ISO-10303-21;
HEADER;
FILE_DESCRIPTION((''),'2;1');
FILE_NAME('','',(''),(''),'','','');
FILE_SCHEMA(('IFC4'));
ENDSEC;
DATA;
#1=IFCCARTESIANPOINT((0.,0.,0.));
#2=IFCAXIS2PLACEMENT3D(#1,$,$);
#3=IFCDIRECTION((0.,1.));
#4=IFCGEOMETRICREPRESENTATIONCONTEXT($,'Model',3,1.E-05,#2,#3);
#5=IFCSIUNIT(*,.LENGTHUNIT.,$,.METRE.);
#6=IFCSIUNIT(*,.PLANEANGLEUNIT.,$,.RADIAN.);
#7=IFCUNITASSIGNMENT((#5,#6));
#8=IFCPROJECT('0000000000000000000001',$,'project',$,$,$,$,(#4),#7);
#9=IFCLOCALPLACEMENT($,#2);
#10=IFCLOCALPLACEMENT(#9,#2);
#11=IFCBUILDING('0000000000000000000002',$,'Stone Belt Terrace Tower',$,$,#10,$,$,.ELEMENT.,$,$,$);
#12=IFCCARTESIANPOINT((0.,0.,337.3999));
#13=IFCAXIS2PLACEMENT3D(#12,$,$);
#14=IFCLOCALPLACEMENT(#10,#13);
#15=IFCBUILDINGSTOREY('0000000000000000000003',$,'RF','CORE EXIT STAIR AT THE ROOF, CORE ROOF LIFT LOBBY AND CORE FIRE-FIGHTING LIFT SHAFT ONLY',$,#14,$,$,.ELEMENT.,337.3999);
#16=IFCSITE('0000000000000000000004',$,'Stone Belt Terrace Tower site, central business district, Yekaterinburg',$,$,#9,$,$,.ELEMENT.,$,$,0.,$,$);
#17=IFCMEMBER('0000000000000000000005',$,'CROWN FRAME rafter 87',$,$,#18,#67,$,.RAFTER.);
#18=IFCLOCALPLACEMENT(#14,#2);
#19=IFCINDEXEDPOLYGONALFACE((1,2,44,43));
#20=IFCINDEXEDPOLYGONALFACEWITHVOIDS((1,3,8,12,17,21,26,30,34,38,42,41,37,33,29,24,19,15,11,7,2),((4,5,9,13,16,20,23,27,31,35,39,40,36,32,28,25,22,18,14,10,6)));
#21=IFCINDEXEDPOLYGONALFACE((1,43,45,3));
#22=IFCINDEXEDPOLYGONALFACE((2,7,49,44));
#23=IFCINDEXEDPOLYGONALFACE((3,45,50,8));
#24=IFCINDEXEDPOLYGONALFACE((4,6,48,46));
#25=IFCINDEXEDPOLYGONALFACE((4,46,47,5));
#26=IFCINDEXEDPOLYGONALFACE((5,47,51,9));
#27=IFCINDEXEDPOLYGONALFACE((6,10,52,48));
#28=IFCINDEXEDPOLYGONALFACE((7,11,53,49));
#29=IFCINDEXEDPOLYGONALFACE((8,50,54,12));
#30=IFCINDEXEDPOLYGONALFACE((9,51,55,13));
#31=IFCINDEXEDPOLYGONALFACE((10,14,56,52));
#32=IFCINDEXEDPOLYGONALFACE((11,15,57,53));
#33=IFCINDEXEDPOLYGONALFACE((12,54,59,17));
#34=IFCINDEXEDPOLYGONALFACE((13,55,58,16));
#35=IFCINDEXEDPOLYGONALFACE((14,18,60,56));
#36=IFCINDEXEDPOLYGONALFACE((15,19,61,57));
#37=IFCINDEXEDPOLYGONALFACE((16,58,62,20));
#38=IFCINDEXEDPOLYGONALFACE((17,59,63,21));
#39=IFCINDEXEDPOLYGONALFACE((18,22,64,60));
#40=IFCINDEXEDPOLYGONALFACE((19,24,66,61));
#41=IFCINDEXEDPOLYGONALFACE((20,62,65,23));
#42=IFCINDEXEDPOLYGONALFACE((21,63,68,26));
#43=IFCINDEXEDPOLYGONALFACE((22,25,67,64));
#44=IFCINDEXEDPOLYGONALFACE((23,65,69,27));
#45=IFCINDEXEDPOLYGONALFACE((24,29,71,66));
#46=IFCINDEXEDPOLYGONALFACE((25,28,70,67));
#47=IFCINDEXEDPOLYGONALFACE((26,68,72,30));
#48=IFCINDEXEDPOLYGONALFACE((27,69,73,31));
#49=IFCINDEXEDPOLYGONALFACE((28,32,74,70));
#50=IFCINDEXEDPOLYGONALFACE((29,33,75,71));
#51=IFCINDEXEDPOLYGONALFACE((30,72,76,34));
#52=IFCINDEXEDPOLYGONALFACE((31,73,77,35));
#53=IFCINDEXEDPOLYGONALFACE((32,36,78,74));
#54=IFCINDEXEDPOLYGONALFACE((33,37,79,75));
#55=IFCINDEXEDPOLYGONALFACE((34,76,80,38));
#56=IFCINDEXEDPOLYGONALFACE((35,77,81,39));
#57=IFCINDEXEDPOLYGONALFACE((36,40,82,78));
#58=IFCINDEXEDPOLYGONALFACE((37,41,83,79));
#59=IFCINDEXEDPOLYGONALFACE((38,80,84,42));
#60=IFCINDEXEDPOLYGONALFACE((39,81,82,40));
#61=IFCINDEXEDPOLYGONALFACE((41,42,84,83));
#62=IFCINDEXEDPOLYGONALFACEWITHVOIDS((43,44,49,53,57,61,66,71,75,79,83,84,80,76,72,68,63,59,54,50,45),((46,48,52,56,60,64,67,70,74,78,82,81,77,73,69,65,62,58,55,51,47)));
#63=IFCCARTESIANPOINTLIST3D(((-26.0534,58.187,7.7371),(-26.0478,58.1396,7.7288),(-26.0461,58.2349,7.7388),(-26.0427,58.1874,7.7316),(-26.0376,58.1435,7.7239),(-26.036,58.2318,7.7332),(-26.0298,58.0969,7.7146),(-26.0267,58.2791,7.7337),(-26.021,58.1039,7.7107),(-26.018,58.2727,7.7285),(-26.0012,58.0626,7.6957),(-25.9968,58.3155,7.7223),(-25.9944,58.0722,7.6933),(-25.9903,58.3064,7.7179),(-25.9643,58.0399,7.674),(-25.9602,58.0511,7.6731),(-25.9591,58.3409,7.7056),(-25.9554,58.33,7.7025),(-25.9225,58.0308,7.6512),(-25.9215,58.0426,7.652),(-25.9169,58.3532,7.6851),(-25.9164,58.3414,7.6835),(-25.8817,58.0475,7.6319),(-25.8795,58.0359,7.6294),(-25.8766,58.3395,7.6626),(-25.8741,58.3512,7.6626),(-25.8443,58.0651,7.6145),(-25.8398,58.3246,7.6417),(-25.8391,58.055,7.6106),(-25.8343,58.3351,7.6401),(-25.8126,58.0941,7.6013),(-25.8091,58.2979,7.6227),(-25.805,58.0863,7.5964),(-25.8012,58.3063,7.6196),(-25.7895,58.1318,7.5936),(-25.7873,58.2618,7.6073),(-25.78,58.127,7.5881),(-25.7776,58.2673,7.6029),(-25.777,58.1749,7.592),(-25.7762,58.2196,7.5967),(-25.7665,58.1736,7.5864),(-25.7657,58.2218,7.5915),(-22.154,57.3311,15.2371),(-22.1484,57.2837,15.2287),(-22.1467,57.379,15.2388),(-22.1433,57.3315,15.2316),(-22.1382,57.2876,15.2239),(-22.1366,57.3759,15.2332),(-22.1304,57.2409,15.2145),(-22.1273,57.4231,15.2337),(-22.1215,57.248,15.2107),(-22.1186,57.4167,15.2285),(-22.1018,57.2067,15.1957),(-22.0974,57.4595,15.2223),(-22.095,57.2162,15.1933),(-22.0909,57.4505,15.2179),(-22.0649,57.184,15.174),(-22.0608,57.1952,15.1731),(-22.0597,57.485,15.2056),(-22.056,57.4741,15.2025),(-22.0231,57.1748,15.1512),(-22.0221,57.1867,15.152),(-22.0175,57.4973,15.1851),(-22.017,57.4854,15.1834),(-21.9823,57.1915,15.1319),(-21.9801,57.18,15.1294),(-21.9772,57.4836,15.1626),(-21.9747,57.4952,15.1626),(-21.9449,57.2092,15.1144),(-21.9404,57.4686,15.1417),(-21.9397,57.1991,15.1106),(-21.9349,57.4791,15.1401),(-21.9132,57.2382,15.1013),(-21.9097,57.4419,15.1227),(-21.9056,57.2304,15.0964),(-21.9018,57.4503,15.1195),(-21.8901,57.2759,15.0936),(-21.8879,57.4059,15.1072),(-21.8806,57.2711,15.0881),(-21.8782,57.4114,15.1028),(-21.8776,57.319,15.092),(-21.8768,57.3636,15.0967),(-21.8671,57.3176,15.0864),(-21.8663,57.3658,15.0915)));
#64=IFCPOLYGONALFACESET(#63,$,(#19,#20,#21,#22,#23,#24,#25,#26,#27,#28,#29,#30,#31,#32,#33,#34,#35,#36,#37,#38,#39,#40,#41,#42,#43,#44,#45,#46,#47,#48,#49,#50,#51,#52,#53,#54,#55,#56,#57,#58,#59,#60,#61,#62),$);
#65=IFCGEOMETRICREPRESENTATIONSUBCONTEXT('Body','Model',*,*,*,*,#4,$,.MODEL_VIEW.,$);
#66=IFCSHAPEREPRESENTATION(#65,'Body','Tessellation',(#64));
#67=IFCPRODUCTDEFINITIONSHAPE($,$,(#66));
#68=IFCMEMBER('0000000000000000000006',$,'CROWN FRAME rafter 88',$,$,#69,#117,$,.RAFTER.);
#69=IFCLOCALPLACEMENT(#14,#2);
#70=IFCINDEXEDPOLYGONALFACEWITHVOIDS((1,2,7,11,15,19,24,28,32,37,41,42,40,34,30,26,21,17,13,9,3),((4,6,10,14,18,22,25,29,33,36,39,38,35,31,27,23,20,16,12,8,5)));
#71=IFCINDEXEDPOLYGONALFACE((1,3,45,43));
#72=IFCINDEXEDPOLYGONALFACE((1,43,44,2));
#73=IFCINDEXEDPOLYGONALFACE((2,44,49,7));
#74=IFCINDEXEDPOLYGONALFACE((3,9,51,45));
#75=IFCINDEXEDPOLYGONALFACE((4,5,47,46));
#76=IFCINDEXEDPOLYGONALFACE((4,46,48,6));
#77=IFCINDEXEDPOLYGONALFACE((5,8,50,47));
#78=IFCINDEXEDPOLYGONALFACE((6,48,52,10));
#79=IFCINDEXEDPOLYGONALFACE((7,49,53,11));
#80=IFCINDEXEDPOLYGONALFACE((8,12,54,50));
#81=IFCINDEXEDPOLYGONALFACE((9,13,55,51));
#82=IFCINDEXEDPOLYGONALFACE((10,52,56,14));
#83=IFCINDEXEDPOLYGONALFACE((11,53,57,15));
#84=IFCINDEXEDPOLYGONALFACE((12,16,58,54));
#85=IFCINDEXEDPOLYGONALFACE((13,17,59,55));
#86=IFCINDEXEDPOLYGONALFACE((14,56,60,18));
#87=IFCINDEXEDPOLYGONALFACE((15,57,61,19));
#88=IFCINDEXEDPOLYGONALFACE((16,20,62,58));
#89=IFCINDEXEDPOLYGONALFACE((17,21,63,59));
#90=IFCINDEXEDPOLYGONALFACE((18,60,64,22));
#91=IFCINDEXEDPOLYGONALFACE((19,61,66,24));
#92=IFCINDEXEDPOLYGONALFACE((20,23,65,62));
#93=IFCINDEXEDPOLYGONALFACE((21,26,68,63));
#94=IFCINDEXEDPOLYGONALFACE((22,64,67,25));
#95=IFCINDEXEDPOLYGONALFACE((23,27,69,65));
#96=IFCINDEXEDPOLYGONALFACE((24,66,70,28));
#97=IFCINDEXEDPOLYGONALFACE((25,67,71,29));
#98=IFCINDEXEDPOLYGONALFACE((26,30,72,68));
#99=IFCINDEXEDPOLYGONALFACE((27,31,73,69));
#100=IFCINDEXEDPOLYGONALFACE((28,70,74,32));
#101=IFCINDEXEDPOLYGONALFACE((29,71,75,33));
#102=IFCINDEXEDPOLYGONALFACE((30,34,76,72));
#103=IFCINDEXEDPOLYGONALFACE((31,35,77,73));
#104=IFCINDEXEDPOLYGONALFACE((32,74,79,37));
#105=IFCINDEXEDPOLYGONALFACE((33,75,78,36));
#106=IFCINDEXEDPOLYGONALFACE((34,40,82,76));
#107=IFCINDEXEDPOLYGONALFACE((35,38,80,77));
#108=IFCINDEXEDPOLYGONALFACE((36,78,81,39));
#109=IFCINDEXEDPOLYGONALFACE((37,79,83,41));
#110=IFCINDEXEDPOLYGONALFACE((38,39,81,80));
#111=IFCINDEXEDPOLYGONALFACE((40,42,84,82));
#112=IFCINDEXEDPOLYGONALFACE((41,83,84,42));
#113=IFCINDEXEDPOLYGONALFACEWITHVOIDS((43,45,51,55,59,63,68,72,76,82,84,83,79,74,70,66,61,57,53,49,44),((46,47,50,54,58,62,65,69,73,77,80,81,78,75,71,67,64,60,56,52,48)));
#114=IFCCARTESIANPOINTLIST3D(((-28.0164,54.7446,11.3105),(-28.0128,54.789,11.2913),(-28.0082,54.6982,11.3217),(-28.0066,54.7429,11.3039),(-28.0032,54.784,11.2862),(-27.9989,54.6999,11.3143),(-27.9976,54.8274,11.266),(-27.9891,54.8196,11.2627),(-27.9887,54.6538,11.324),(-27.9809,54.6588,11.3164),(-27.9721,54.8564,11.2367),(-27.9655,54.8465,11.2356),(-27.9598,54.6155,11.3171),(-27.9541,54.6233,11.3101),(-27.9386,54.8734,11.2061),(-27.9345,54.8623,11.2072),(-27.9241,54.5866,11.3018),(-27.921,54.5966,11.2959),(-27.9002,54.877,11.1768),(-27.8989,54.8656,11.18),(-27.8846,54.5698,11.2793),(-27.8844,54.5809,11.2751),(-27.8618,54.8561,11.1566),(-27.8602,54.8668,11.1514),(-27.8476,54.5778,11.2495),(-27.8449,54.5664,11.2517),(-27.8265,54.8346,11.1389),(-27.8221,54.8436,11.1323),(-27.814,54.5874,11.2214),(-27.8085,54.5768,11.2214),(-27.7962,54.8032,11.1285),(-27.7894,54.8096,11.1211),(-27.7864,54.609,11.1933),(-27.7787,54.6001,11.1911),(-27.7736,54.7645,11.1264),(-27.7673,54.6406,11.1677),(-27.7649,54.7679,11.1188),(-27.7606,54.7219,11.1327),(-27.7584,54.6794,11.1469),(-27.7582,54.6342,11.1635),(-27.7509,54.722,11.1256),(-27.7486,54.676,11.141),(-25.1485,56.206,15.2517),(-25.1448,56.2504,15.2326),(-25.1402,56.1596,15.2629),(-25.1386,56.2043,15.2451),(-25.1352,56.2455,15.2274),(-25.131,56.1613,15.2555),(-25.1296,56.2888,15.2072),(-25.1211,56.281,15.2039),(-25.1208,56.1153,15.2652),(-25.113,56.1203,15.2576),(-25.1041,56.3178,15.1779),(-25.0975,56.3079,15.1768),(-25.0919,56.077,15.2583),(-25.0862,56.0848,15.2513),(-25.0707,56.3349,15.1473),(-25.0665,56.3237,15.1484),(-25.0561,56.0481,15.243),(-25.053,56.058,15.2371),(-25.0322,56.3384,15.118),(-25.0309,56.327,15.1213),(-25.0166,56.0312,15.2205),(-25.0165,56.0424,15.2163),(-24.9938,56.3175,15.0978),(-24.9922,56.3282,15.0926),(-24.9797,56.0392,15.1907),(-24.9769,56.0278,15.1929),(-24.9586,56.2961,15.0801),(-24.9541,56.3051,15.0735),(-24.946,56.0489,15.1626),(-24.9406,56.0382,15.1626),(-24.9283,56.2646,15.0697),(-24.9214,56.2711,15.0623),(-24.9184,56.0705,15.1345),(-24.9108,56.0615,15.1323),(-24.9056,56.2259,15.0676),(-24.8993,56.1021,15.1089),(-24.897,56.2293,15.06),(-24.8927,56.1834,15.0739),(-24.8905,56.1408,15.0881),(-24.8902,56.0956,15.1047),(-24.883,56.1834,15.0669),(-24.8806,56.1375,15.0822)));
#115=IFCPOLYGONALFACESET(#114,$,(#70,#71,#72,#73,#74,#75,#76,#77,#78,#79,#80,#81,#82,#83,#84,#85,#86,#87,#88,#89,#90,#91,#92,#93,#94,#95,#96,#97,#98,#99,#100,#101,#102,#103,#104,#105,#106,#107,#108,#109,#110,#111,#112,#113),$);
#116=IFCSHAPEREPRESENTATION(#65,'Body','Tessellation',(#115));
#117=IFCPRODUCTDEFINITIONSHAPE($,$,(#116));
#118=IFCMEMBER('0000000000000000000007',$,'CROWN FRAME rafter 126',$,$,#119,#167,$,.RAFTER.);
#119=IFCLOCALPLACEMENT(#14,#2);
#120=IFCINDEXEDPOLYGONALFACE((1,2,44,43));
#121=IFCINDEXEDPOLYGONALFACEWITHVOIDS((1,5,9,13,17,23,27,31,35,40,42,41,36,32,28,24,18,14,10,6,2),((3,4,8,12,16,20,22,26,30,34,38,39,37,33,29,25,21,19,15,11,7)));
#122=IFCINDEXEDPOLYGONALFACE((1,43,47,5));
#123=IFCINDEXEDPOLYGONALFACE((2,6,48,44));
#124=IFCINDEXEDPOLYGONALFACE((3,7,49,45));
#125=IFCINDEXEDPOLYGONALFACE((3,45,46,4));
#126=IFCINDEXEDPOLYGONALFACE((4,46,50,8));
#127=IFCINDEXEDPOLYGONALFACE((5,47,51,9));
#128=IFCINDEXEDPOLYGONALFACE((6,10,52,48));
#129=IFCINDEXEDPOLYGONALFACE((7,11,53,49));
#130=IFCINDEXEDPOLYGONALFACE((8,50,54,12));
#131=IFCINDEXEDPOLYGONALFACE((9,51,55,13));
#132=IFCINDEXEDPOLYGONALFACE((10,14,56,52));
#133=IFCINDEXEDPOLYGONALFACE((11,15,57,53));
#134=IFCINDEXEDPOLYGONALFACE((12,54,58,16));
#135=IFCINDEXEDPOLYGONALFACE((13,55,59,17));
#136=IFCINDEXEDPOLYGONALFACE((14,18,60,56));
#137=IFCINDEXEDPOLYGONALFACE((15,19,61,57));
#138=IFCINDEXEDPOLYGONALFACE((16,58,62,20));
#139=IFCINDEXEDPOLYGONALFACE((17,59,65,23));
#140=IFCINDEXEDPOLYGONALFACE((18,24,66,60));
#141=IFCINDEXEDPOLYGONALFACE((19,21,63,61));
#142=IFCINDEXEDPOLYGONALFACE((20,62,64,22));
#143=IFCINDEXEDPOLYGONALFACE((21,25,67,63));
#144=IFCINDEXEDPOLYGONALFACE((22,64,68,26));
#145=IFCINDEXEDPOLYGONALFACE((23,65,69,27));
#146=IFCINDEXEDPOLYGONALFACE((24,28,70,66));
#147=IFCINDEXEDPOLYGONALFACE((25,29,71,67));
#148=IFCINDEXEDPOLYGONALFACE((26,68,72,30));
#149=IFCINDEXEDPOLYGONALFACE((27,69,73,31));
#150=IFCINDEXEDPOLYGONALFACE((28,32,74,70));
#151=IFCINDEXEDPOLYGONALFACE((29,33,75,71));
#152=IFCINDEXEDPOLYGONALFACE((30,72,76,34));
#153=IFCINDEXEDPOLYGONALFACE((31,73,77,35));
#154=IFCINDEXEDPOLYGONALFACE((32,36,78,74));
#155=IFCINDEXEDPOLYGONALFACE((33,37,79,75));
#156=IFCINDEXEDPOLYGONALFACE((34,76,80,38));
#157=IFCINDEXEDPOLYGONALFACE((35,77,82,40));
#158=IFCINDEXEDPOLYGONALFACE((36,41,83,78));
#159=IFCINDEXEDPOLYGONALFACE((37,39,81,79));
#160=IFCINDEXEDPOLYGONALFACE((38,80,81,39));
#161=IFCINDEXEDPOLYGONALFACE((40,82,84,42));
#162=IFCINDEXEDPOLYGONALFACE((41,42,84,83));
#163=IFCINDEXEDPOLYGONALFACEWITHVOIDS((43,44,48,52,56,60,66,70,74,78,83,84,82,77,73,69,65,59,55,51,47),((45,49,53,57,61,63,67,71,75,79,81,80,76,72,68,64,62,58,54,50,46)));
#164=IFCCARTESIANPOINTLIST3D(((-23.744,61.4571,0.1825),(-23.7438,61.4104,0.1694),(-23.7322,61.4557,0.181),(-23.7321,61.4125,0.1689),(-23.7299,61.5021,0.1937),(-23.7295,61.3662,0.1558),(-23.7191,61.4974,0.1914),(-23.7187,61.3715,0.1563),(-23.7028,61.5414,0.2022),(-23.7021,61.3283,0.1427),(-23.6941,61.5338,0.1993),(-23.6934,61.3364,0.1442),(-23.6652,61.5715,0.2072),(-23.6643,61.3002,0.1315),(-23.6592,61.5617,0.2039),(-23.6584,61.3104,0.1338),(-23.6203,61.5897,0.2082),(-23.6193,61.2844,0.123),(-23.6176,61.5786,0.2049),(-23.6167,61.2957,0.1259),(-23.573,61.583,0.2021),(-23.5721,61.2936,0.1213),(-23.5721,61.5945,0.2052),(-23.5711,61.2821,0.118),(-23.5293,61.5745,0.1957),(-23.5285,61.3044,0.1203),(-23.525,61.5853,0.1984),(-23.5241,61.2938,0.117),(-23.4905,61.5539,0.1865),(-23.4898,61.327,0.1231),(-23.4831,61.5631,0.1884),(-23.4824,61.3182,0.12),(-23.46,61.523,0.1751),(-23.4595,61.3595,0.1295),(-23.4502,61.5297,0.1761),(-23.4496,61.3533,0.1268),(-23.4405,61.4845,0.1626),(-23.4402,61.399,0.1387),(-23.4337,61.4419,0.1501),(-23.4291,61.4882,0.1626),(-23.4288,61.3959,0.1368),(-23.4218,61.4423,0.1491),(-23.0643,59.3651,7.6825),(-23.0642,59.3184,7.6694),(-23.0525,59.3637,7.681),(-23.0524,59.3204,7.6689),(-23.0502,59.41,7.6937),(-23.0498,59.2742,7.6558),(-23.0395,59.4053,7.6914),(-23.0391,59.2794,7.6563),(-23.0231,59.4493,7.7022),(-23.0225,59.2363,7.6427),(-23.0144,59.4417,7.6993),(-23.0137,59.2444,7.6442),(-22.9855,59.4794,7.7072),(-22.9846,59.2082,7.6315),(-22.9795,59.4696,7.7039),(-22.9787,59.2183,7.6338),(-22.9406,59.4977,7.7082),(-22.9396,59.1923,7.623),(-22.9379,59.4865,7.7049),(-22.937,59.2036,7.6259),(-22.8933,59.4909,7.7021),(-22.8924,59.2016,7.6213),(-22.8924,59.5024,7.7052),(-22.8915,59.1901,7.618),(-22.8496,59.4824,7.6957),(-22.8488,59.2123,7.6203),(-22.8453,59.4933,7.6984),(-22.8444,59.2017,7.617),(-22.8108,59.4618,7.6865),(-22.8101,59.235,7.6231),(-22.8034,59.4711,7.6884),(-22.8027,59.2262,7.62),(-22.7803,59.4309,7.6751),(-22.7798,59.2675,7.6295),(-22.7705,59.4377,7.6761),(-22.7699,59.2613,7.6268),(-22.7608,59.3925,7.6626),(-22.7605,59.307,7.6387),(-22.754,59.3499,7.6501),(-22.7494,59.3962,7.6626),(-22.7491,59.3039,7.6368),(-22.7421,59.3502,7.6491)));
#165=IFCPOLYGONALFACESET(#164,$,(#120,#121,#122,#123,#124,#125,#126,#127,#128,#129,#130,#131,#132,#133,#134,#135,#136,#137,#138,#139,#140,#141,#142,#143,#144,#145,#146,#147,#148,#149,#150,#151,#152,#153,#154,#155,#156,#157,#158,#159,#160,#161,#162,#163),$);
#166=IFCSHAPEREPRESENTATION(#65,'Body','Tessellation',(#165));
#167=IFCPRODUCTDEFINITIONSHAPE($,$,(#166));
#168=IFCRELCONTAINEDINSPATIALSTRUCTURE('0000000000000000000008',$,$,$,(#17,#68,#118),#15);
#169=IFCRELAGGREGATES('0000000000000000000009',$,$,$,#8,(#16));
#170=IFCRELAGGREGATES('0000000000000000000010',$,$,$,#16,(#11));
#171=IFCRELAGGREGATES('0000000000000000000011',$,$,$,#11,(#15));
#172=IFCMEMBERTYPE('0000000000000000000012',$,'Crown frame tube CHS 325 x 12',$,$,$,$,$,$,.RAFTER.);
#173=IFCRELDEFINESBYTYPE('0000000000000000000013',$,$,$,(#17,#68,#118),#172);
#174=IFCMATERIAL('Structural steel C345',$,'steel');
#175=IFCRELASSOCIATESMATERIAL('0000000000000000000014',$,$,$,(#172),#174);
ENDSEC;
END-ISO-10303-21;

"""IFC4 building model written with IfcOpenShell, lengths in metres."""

from ifc_helpers import new_model, si_unit, direction, frame, origin, origin_2d, place, context, subcontext, project, spatial, hollow_circle, extrude, material, material_profile, profile_set, type_object, element, save


model = new_model("IFC4")

# Units and contexts
model_context = context("Model", 3, precision=1e-05, world=origin(), true_north=direction((0.0, 1.0)))
body_context = subcontext(model_context, "Body", "Model", "MODEL_VIEW")
ifc_project = project(units=[si_unit("LENGTHUNIT", "METRE"), si_unit("PLANEANGLEUNIT", "RADIAN")], contexts=[model_context])

# Site, building, storey
site_placement = place(None, origin())
site = spatial("IfcSite", under=ifc_project, at=site_placement, Name="Stone Belt Terrace Tower site, central business district, Yekaterinburg", CompositionType="ELEMENT", RefElevation=0.0)
building_placement = place(site_placement, origin())
building = spatial("IfcBuilding", under=site, at=building_placement, Name="Stone Belt Terrace Tower", CompositionType="ELEMENT")
storey_placement = place(building_placement, frame((0.0, 0.0, 337.3999)))
storey = spatial("IfcBuildingStorey", under=building, at=storey_placement, Name="RF", Description="CORE EXIT STAIR AT THE ROOF, CORE ROOF LIFT LOBBY AND CORE FIRE-FIGHTING LIFT SHAFT ONLY", CompositionType="ELEMENT", Elevation=337.3999)

# Members
ifc_material_1 = material(Name="Structural steel C345", Category="steel")
ifc_material_profile_1 = material_profile(ifc_material_1, hollow_circle(Radius=0.1626, WallThickness=0.012, at=origin_2d()), Name="Structural steel C345 CHS 325x12")
ifc_profile_set_1 = profile_set([ifc_material_profile_1], Name="Structural steel C345")
member_type_1 = type_object("IfcMemberType", Name="Crown frame tube CHS 325 x 12", PredefinedType="RAFTER", material=ifc_profile_set_1)
member_1_placement = place(storey_placement, frame((-25.9089, 58.1924, 7.6626), z_axis=(0.458951, -0.100744, 0.882731), x_axis=(0.214404, 0.976745, 0.0)))
element("IfcMember", 1, at=member_1_placement, inside=storey, type_object=member_type_1, Name="CROWN FRAME rafter 87", PredefinedType="RAFTER", context=body_context, shape_type="SweptSolid", body=[
    extrude(hollow_circle(Radius=0.1626, WallThickness=0.012, at=origin_2d()), origin(), (0.0, 0.0, 1.0), 8.4963),
])
member_2_placement = place(storey_placement, frame((-25.0144, 56.1831, 15.1626), z_axis=(-0.563601, -0.287198, -0.774514), x_axis=(0.454027, -0.890988, 0.0)))
element("IfcMember", 2, at=member_2_placement, inside=storey, type_object=member_type_1, Name="CROWN FRAME rafter 88", PredefinedType="RAFTER", context=body_context, shape_type="SweptSolid", body=[
    extrude(hollow_circle(Radius=0.1626, WallThickness=0.012, at=origin_2d()), origin(), (0.0, 0.0, 1.0), 5.0886),
])
member_3_placement = place(storey_placement, frame((-23.5837, 61.438, 0.1626), z_axis=(0.086962, -0.267664, 0.95958), x_axis=(0.951064, 0.308993, 0.0)))
element("IfcMember", 3, at=member_3_placement, inside=storey, type_object=member_type_1, Name="CROWN FRAME rafter 126", PredefinedType="RAFTER", context=body_context, shape_type="SweptSolid", body=[
    extrude(hollow_circle(Radius=0.1626, WallThickness=0.012, at=origin_2d()), origin(), (0.0, 0.0, 1.0), 7.8159),
])

save(model, "model.ifc")
